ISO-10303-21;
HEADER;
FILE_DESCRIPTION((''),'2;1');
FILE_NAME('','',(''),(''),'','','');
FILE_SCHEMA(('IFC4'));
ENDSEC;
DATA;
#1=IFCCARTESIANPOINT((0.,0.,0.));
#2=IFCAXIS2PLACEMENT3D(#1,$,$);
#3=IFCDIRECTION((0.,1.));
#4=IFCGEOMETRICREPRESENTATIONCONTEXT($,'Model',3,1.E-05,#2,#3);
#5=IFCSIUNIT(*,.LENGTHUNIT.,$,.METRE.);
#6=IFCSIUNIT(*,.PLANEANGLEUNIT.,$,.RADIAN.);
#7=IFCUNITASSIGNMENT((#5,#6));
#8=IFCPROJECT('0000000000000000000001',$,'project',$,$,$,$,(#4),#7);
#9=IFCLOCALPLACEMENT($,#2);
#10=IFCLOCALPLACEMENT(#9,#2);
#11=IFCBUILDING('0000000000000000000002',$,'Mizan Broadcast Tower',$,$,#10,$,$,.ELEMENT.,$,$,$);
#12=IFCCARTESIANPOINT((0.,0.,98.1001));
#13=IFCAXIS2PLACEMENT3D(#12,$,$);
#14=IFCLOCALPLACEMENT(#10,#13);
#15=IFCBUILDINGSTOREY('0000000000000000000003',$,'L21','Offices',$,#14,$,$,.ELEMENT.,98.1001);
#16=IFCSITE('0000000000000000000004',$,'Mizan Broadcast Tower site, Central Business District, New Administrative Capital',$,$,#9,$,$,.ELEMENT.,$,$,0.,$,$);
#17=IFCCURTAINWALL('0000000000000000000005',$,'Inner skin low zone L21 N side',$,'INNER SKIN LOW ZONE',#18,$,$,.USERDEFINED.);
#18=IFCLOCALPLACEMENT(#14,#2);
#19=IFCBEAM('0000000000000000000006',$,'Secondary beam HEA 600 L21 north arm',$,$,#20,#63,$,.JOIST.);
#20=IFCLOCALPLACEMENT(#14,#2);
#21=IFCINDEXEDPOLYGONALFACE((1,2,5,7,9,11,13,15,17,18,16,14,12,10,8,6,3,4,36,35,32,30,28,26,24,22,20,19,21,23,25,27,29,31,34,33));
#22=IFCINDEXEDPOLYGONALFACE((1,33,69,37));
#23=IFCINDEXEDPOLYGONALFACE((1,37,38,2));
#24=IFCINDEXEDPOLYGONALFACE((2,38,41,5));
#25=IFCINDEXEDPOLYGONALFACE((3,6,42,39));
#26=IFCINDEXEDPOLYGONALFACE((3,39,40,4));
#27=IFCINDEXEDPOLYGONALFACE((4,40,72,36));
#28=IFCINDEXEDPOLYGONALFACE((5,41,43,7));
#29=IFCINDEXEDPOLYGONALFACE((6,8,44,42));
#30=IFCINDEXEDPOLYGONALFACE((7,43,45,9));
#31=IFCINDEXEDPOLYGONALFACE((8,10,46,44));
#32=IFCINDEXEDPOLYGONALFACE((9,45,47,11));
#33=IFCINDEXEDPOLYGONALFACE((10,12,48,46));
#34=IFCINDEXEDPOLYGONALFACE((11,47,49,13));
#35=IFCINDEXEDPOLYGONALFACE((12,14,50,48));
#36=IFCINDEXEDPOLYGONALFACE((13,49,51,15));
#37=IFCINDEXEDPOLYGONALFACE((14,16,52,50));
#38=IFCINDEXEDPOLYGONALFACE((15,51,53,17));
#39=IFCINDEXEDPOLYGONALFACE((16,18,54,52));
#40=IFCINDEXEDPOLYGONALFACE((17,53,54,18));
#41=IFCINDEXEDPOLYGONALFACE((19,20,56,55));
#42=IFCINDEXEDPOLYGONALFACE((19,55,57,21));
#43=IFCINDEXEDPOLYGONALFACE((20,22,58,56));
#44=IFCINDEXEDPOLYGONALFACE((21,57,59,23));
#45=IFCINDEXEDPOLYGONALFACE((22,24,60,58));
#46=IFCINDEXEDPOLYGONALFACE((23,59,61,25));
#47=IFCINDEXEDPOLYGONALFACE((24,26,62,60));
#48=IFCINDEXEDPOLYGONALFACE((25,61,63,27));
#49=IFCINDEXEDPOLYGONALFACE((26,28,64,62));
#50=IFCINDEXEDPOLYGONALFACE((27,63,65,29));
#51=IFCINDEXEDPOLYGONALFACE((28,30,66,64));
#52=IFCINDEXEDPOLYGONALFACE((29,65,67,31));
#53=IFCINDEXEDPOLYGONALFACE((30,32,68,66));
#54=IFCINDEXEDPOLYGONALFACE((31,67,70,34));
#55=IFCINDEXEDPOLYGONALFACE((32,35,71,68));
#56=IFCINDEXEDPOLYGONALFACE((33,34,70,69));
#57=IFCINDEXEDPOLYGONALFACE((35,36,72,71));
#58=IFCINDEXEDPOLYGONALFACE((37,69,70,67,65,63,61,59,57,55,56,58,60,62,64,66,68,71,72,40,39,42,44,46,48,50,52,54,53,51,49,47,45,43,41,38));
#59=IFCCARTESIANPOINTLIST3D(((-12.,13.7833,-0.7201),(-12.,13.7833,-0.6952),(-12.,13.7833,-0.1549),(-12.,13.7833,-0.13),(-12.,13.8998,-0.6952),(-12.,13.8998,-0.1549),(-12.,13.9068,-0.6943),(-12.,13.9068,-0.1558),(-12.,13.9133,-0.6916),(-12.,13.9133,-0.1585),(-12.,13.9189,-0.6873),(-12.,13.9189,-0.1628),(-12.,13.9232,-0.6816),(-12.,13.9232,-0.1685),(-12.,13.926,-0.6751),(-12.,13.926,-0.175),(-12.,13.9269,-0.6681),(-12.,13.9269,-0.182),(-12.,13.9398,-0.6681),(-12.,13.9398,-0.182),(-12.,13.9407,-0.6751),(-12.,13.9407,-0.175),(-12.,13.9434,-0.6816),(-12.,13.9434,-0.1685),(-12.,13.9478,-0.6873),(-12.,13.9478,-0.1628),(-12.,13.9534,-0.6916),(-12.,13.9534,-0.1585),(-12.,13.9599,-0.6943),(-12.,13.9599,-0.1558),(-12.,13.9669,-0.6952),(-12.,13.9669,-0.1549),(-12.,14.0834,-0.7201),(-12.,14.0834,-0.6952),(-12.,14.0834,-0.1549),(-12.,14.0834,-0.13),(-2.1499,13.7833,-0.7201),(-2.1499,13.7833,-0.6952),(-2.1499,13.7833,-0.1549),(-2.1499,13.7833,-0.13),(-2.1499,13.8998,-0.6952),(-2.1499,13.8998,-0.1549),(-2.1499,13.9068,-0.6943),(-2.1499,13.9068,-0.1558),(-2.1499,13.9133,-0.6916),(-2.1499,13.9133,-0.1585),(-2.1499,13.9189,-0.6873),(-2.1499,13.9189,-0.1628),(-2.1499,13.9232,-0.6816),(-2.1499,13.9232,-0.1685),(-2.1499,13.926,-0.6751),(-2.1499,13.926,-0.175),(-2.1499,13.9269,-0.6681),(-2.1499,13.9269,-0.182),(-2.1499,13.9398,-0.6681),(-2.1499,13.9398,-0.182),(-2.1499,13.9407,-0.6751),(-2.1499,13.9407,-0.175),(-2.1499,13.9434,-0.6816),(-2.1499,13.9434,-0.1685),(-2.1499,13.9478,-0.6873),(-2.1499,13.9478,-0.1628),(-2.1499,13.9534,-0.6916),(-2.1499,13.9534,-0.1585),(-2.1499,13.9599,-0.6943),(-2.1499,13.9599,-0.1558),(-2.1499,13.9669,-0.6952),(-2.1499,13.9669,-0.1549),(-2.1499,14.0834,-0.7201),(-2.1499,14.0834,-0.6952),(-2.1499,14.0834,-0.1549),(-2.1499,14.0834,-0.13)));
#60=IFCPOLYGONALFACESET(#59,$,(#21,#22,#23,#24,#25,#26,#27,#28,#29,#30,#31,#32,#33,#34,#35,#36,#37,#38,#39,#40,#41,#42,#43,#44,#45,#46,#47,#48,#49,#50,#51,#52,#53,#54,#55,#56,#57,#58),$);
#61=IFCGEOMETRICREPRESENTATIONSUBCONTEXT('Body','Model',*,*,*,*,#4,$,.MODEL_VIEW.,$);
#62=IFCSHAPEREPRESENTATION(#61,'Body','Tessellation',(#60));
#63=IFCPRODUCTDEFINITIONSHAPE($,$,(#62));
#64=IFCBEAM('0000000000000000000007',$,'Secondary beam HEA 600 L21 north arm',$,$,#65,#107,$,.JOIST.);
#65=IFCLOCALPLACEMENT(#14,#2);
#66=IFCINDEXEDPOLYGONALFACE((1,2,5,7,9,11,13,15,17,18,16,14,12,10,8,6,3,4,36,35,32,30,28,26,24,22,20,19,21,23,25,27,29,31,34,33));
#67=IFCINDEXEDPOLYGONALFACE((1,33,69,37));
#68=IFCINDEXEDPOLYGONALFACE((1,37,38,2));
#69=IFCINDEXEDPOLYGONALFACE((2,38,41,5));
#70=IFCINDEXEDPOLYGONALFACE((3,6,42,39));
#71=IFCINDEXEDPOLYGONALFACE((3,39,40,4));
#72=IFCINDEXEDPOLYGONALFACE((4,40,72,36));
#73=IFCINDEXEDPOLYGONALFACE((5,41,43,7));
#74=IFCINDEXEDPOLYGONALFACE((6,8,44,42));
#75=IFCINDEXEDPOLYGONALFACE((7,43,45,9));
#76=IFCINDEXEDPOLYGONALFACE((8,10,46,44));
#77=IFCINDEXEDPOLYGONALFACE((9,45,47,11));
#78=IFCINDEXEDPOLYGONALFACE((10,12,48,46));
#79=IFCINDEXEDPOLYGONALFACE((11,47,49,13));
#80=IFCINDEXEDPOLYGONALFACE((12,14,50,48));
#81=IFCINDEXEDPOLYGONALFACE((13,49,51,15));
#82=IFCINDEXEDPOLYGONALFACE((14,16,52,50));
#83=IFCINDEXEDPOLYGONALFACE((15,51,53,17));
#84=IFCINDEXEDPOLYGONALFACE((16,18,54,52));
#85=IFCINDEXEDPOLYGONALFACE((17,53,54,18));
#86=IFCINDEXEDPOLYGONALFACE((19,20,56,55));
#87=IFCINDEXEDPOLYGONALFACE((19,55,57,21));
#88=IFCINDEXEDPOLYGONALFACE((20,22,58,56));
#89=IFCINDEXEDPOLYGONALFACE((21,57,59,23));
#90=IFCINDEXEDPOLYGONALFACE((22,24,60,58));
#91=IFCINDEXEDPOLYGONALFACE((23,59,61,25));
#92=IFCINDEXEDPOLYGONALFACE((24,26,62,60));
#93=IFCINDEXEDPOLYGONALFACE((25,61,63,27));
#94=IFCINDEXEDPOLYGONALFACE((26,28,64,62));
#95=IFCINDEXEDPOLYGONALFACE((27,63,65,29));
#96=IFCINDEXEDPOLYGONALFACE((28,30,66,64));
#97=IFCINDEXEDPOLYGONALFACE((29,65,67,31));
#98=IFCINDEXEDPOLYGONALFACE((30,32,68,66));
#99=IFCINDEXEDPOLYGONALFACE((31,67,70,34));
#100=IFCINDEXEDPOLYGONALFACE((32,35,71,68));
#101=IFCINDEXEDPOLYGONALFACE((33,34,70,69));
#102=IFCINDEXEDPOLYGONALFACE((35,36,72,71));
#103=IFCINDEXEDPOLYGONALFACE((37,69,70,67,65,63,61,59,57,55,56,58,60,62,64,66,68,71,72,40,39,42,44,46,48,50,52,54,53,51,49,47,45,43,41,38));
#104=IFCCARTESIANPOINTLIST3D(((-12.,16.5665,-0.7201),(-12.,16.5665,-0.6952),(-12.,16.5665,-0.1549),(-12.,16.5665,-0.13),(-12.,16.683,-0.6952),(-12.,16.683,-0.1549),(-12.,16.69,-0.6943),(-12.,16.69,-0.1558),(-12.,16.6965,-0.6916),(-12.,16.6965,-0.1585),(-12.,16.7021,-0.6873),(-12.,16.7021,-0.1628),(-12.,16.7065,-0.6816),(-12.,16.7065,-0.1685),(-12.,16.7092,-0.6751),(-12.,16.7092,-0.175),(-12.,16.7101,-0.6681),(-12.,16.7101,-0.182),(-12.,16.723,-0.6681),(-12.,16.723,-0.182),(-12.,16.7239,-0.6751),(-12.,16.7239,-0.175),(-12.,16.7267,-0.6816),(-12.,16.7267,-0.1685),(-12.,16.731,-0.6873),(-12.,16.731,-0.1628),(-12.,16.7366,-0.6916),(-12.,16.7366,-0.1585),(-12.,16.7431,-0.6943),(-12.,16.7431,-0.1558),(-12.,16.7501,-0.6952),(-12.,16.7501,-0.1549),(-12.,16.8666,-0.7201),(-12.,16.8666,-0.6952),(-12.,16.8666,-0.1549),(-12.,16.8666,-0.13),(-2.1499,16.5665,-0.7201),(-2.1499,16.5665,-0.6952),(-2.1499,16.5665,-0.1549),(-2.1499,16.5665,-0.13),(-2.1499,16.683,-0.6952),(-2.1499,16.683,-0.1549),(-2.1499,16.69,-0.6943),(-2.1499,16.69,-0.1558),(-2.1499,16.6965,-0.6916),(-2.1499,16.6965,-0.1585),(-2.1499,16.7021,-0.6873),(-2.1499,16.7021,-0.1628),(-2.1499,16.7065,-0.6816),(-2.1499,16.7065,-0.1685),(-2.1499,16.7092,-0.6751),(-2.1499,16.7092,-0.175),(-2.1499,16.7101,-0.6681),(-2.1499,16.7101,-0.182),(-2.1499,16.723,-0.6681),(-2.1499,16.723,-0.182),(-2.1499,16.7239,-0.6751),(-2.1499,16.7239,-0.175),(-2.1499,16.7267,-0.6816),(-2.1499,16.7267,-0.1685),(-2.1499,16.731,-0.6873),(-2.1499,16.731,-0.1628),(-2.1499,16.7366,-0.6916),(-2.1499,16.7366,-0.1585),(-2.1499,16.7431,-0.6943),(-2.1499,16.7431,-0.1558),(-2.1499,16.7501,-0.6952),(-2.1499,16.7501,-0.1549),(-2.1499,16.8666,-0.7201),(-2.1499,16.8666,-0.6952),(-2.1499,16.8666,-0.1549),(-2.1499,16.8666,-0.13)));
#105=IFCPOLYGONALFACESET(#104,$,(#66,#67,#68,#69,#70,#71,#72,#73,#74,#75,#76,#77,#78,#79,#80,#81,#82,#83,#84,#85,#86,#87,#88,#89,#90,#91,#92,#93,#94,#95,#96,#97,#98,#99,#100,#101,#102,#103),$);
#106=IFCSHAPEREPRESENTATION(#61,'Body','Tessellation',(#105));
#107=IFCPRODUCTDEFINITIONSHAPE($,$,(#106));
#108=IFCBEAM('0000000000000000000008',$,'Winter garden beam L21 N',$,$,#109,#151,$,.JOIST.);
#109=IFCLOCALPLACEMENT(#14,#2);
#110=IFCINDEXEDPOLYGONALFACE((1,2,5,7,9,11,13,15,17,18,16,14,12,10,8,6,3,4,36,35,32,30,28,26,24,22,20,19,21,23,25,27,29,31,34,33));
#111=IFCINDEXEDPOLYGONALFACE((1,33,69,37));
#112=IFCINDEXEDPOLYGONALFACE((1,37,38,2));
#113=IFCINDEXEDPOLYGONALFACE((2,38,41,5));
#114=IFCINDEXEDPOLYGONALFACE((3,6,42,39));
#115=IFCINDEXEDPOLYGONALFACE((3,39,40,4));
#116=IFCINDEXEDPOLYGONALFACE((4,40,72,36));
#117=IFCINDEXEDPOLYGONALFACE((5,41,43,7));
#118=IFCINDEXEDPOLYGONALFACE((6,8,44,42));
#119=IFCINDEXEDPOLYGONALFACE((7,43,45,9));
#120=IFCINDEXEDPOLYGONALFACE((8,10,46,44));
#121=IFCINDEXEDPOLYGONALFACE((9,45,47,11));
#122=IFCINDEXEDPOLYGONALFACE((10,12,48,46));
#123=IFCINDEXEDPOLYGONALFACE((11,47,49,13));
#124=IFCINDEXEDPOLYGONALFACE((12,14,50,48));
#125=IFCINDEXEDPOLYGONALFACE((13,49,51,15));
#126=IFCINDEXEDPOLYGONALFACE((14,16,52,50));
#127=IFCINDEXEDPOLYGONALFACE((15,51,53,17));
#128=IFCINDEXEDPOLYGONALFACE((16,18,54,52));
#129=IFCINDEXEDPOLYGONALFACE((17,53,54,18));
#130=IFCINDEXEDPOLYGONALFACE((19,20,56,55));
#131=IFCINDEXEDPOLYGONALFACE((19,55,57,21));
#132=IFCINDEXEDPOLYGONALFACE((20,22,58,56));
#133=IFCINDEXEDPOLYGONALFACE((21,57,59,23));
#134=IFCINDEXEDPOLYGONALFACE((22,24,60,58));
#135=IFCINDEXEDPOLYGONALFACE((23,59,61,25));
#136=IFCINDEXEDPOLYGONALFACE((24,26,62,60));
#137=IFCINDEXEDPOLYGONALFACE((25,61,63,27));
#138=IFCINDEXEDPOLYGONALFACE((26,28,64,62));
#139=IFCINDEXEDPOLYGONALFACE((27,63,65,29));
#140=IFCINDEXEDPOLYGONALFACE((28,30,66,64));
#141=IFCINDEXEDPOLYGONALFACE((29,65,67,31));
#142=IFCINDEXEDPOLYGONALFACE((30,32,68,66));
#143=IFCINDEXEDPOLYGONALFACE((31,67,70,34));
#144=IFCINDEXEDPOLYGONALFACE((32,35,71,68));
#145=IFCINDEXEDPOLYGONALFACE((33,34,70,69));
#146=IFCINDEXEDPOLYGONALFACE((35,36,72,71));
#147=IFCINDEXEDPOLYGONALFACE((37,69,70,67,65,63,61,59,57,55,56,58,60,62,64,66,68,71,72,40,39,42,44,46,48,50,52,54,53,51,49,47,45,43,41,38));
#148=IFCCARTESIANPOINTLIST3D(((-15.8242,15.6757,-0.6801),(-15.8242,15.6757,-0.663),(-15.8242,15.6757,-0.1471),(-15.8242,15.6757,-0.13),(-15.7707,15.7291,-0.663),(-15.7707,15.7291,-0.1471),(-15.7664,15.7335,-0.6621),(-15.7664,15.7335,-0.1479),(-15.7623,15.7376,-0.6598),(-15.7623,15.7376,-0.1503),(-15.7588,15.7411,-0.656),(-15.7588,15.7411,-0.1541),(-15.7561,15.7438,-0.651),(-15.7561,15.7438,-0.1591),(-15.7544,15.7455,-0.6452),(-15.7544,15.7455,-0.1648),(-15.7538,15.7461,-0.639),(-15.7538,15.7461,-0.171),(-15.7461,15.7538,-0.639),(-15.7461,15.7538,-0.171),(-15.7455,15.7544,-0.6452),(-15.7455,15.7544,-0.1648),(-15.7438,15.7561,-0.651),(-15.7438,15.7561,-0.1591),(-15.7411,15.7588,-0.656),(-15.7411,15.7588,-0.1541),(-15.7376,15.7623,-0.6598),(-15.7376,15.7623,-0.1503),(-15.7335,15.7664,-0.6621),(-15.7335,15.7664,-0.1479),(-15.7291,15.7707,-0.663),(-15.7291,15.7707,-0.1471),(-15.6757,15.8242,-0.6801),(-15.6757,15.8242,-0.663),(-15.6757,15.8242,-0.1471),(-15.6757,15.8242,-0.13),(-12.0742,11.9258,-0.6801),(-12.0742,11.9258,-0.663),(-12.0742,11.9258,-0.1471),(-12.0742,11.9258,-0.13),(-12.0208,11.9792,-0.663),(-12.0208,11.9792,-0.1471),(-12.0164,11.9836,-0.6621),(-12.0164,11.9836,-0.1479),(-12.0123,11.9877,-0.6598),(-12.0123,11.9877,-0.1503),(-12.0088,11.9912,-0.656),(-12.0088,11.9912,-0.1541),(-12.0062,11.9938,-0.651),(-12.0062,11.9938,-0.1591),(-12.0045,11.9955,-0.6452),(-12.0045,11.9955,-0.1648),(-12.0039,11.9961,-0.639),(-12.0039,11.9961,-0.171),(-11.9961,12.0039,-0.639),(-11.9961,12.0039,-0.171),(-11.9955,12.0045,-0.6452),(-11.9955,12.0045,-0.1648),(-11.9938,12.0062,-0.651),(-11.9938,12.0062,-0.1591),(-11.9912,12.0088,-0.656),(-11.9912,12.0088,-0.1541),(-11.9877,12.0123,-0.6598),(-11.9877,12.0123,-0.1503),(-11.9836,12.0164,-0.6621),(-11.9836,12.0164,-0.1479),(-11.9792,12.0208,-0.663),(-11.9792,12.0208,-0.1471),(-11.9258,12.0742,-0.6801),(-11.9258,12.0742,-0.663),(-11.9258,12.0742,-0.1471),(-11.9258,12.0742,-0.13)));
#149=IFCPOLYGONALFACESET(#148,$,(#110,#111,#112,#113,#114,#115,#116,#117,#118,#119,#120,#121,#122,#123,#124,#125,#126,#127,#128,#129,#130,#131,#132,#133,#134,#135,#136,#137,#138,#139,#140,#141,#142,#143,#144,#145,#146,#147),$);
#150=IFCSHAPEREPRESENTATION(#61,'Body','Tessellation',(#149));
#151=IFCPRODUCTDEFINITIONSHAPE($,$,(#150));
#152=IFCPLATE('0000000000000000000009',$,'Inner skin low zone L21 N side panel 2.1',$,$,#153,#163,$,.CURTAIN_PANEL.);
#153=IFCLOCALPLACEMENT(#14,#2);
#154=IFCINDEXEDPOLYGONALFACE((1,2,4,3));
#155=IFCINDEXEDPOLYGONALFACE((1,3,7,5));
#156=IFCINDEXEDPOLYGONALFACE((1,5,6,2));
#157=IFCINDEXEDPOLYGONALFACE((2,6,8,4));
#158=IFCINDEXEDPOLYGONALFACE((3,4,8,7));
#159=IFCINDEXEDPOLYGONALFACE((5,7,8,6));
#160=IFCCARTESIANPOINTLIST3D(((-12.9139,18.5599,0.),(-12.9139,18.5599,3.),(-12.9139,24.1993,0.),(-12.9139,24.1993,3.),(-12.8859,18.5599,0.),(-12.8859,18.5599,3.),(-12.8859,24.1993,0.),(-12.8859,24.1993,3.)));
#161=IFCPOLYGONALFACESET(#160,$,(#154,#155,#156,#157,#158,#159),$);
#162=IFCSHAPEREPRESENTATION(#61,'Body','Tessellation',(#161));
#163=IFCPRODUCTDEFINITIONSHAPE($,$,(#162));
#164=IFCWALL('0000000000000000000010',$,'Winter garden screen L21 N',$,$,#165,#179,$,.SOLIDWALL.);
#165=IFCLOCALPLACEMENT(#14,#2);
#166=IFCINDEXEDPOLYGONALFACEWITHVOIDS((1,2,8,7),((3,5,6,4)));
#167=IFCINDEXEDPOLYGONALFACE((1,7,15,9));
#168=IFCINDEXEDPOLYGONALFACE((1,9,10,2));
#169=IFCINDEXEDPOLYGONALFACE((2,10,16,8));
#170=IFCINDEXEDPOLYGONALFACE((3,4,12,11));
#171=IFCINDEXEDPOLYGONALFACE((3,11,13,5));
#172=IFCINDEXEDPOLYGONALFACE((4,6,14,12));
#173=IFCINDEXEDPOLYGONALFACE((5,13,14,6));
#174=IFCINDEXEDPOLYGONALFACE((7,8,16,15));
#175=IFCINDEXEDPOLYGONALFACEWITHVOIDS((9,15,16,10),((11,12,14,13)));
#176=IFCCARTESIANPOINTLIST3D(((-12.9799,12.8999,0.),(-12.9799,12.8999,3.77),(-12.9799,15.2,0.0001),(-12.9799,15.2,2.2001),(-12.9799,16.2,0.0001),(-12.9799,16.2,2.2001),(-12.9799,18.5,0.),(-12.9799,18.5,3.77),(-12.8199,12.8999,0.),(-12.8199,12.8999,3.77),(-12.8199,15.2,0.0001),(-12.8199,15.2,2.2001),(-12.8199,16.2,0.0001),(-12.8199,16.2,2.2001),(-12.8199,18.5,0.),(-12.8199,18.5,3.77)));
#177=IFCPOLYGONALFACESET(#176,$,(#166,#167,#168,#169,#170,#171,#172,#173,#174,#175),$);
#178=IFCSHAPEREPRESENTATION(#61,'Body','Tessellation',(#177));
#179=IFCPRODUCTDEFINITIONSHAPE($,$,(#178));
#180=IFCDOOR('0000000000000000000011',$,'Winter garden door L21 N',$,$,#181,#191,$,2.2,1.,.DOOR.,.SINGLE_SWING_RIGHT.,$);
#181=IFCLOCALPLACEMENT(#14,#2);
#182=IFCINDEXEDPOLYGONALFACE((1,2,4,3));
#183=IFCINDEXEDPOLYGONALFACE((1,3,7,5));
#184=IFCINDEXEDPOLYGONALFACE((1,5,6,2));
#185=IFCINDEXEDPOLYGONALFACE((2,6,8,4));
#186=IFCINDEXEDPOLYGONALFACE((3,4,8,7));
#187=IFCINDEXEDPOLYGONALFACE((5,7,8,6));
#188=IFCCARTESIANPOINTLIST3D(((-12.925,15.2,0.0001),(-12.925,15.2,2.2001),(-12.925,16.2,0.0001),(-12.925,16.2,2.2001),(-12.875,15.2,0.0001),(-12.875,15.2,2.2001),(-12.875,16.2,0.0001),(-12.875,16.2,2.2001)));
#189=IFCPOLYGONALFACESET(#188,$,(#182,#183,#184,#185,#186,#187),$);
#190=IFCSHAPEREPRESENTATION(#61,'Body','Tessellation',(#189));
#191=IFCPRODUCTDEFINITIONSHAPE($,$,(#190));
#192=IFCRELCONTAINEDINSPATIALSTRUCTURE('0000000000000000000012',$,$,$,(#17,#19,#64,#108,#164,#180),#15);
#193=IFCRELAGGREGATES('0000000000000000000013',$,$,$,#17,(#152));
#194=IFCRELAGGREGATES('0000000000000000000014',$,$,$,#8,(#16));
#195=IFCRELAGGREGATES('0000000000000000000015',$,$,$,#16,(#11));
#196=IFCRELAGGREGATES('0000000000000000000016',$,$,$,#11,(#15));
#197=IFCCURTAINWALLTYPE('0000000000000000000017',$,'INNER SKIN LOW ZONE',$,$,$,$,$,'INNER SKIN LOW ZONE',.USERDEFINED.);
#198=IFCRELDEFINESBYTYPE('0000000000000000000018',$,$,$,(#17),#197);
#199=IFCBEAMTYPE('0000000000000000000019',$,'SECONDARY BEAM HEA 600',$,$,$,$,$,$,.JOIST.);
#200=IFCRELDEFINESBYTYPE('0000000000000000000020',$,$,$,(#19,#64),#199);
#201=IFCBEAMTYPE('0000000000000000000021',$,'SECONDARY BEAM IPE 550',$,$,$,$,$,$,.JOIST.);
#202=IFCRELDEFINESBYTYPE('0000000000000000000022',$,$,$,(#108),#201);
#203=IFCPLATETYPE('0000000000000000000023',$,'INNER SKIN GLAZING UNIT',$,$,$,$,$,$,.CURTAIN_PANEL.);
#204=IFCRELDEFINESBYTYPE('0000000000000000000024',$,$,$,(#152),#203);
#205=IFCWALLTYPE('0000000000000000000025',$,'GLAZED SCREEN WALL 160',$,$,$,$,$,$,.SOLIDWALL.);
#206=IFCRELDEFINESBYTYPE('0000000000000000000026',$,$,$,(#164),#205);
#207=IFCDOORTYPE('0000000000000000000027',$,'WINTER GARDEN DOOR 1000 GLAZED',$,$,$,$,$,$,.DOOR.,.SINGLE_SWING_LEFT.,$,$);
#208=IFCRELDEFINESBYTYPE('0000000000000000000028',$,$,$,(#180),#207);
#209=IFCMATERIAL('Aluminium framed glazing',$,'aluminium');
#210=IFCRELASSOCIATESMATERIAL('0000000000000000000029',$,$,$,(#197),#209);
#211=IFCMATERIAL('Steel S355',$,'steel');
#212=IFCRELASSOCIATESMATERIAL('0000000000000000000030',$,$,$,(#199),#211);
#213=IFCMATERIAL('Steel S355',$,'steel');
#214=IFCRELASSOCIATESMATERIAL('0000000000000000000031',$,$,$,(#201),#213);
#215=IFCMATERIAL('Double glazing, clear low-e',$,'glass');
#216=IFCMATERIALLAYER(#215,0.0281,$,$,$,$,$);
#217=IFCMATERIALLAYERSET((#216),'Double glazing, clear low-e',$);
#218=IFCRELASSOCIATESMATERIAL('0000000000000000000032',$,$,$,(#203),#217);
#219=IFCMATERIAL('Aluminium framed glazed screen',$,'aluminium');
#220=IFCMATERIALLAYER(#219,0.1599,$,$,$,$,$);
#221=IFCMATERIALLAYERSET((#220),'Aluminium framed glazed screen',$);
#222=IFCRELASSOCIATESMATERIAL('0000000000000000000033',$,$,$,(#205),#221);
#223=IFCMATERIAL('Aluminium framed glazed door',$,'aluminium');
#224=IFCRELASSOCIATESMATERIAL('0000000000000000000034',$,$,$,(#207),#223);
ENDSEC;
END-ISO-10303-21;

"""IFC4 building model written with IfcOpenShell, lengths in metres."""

from ifc_helpers import new_model, si_unit, direction, frame, frame_2d, origin, origin_2d, place, context, subcontext, project, spatial, rectangle, i_section, extrude, material, layer, layer_set, material_profile, profile_set, type_object, element, fill, aggregate, save


model = new_model("IFC4")

# Units and contexts
model_context = context("Model", 3, precision=1e-05, world=origin(), true_north=direction((0.0, 1.0)))
body_context = subcontext(model_context, "Body", "Model", "MODEL_VIEW")
ifc_project = project(units=[si_unit("LENGTHUNIT", "METRE"), si_unit("PLANEANGLEUNIT", "RADIAN")], contexts=[model_context])

# Site, building, storey
site_placement = place(None, origin())
site = spatial("IfcSite", under=ifc_project, at=site_placement, Name="Mizan Broadcast Tower site, Central Business District, New Administrative Capital", CompositionType="ELEMENT", RefElevation=0.0)
building_placement = place(site_placement, origin())
building = spatial("IfcBuilding", under=site, at=building_placement, Name="Mizan Broadcast Tower", CompositionType="ELEMENT")
storey_placement = place(building_placement, frame((0.0, 0.0, 98.1001)))
storey = spatial("IfcBuildingStorey", under=building, at=storey_placement, Name="L21", Description="Offices", CompositionType="ELEMENT", Elevation=98.1001)

# Curtain wall
ifc_material_1 = material(Name="Aluminium framed glazing", Category="aluminium")
curtain_wall_type = type_object("IfcCurtainWallType", Name="INNER SKIN LOW ZONE", ElementType="INNER SKIN LOW ZONE", PredefinedType="USERDEFINED", material=ifc_material_1)
curtain_wall_placement = place(storey_placement, origin())
curtain_wall = element("IfcCurtainWall", 1, at=curtain_wall_placement, inside=storey, type_object=curtain_wall_type, Name="Inner skin low zone L21 N side", ObjectType="INNER SKIN LOW ZONE", PredefinedType="USERDEFINED")

# Beams
ifc_material_2 = material(Name="Steel S355", Category="steel")
ifc_material_profile_1 = material_profile(ifc_material_2, i_section(OverallWidth=0.3, OverallDepth=0.5901, WebThickness=0.0129, FlangeThickness=0.0249, FilletRadius=0.0271, at=origin_2d()), Name="HEA 600")
ifc_profile_set_1 = profile_set([ifc_material_profile_1], Name="Steel S355")
beam_type_1 = type_object("IfcBeamType", Name="SECONDARY BEAM HEA 600", PredefinedType="JOIST", material=ifc_profile_set_1)
for number, where, z_axis, x_axis, name in (
    (2, (-12.0, 13.9333, -0.425), (1.0, 0.0, 0.0), (0.0, 1.0, 0.0), "Secondary beam HEA 600 L21 north arm"),
    (3, (-12.0, 16.7166, -0.425), (1.0, 0.0, 0.0), (0.0, 1.0, 0.0), "Secondary beam HEA 600 L21 north arm"),
):
    element("IfcBeam", number, at=place(storey_placement, frame(where, z_axis=z_axis, x_axis=x_axis)), inside=storey, type_object=beam_type_1, Name=name, PredefinedType="JOIST", context=body_context, shape_type="SweptSolid", body=[
        extrude(i_section(OverallWidth=0.3, OverallDepth=0.5901, WebThickness=0.0129, FlangeThickness=0.0249, FilletRadius=0.0271, at=origin_2d()), origin(), (0.0, 0.0, 1.0), 9.8501),
    ])
ifc_material_3 = material(Name="Steel S355", Category="steel")
ifc_material_profile_2 = material_profile(ifc_material_3, i_section(OverallWidth=0.21, OverallDepth=0.55, WebThickness=0.011, FlangeThickness=0.0171, FilletRadius=0.0239, at=origin_2d()), Name="IPE 550")
ifc_profile_set_2 = profile_set([ifc_material_profile_2], Name="Steel S355")
beam_type_2 = type_object("IfcBeamType", Name="SECONDARY BEAM IPE 550", PredefinedType="JOIST", material=ifc_profile_set_2)
beam_1_placement = place(storey_placement, frame((-12.0, 12.0, -0.405), z_axis=(-0.707107, 0.707107, 0.0), x_axis=(-0.707107, -0.707107, 0.0)))
element("IfcBeam", 4, at=beam_1_placement, inside=storey, type_object=beam_type_2, Name="Winter garden beam L21 N", PredefinedType="JOIST", context=body_context, shape_type="SweptSolid", body=[
    extrude(i_section(OverallWidth=0.21, OverallDepth=0.55, WebThickness=0.011, FlangeThickness=0.0171, FilletRadius=0.0239, at=origin_2d()), origin(), (0.0, 0.0, 1.0), 5.3032),
])

# Plate
ifc_material_4 = material(Name="Double glazing, clear low-e", Category="glass")
ifc_layer_1 = layer(ifc_material_4, 0.0281)
ifc_layer_set_1 = layer_set([ifc_layer_1], Name="Double glazing, clear low-e")
plate_type = type_object("IfcPlateType", Name="INNER SKIN GLAZING UNIT", PredefinedType="CURTAIN_PANEL", material=ifc_layer_set_1)
plate_placement = place(storey_placement, frame((-12.8999, 21.3796, 0.0), z_axis=(0.0, 0.0, 1.0), x_axis=(0.0, -1.0, 0.0)))
plate = element("IfcPlate", 5, at=plate_placement, type_object=plate_type, Name="Inner skin low zone L21 N side panel 2.1", PredefinedType="CURTAIN_PANEL", context=body_context, shape_type="SweptSolid", body=[
    extrude(rectangle(XDim=5.6394, YDim=0.0281, at=origin_2d()), origin(), (0.0, 0.0, 1.0), 3.0),
])
aggregate(curtain_wall, [plate])

# Wall, opening, door
ifc_material_5 = material(Name="Aluminium framed glazed screen", Category="aluminium")
ifc_layer_2 = layer(ifc_material_5, 0.1599)
ifc_layer_set_2 = layer_set([ifc_layer_2], Name="Aluminium framed glazed screen")
wall_type = type_object("IfcWallType", Name="GLAZED SCREEN WALL 160", PredefinedType="SOLIDWALL", material=ifc_layer_set_2)
wall_1_placement = place(storey_placement, frame((-12.8999, 18.5, 0.0), z_axis=(0.0, 0.0, 1.0), x_axis=(0.0, -1.0, 0.0)))
wall_1 = element("IfcWall", 6, at=wall_1_placement, inside=storey, type_object=wall_type, Name="Winter garden screen L21 N", PredefinedType="SOLIDWALL", context=body_context, shape_type="SweptSolid", body=[
    extrude(rectangle(XDim=5.6001, YDim=0.1599, at=frame_2d((2.8, 0.0))), origin(), (0.0, 0.0, 1.0), 3.77),
])
opening_placement = place(wall_1_placement, frame((2.3, 0.0, 0.0)))
opening = element("IfcOpeningElement", 7, at=opening_placement, cuts=wall_1, PredefinedType="OPENING", context=body_context, shape_type="SweptSolid", body=[
    extrude(rectangle(XDim=1.0, YDim=2.2, at=frame_2d((0.5, 1.1001))), frame((0.0, 0.0898, 0.0), z_axis=(0.0, -1.0, 0.0), x_axis=(1.0, 0.0, 0.0)), (0.0, 0.0, 1.0), 0.1799),
])
ifc_material_6 = material(Name="Aluminium framed glazed door", Category="aluminium")
door_type = type_object("IfcDoorType", Name="WINTER GARDEN DOOR 1000 GLAZED", OperationType="SINGLE_SWING_LEFT", PredefinedType="DOOR", material=ifc_material_6)
door_placement = place(opening_placement, origin())
door = element("IfcDoor", 8, at=door_placement, inside=storey, type_object=door_type, Name="Winter garden door L21 N", OperationType="SINGLE_SWING_RIGHT", OverallHeight=2.2, OverallWidth=1.0, PredefinedType="DOOR", context=body_context, shape_type="SweptSolid", body=[
    extrude(rectangle(XDim=1.0, YDim=2.2, at=frame_2d((0.5, 1.1001))), frame((0.0, 0.0249, 0.0), z_axis=(0.0, -1.0, 0.0), x_axis=(1.0, 0.0, 0.0)), (0.0, 0.0, 1.0), 0.05),
])
fill(opening, door)

save(model, "model.ifc")
